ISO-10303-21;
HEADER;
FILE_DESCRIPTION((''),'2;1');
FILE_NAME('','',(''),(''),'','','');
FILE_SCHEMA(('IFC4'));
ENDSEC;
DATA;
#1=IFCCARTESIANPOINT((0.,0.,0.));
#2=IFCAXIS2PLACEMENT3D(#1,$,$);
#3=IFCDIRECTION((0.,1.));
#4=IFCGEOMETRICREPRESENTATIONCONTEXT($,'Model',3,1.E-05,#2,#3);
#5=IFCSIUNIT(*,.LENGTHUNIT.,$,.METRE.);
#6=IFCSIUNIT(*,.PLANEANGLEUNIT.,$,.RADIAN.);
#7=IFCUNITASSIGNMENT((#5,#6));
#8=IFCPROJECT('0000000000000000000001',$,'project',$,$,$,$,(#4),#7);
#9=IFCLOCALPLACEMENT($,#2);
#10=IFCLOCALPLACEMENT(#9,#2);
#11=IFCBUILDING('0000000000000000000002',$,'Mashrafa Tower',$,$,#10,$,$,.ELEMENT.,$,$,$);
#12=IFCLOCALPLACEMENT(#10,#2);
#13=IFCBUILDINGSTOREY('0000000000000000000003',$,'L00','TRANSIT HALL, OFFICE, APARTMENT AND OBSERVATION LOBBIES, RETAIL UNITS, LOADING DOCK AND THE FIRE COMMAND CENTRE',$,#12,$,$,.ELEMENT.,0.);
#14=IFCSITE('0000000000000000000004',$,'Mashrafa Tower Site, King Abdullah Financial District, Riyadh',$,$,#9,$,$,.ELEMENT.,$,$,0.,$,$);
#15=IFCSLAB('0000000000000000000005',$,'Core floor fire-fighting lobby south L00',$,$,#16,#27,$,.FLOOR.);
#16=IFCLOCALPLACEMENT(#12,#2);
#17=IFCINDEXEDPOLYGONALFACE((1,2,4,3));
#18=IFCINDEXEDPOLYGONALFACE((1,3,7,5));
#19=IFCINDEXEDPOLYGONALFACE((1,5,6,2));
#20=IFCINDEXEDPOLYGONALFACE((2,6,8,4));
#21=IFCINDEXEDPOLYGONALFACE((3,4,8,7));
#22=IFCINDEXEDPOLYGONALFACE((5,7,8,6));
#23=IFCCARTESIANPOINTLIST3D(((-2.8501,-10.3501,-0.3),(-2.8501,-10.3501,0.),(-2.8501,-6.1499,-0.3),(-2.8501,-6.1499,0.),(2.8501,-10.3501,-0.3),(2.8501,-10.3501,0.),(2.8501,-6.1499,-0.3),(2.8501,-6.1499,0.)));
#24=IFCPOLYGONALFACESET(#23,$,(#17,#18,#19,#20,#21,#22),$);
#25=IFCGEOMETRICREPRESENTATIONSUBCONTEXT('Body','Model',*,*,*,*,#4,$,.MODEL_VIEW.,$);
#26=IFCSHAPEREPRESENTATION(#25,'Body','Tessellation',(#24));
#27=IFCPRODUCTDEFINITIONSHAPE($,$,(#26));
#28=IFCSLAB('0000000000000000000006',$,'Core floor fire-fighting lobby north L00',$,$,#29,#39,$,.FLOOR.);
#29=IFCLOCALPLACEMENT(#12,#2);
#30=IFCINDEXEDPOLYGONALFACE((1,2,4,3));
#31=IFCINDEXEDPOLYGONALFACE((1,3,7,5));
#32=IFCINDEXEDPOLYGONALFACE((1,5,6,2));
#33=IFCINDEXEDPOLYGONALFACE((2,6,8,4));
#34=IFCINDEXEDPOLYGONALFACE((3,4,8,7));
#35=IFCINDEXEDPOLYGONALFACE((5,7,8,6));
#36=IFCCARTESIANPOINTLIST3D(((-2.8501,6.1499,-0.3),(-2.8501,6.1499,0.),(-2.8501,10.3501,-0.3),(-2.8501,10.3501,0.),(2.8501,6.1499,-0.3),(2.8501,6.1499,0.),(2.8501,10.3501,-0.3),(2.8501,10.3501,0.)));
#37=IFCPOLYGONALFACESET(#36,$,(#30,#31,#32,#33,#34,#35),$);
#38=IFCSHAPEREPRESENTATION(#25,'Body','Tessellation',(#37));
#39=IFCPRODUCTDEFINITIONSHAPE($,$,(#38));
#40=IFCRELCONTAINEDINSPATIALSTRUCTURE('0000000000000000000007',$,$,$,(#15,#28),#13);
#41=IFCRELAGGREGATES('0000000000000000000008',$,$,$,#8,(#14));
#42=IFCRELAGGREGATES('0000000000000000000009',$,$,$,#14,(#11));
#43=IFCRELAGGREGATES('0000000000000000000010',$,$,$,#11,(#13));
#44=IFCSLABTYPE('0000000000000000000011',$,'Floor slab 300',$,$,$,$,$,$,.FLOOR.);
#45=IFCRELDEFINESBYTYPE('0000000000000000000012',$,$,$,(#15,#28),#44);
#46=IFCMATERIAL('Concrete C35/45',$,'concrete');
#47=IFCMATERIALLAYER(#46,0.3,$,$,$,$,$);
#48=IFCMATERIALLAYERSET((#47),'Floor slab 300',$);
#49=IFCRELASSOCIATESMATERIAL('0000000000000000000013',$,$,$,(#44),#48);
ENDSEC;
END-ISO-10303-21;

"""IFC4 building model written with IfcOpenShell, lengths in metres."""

from ifc_helpers import new_model, si_unit, direction, frame, origin, place, context, subcontext, project, spatial, polyline, outline, extrude, material, layer, layer_set, type_object, element, save


model = new_model("IFC4")

# Units and contexts
model_context = context("Model", 3, precision=1e-05, world=origin(), true_north=direction((0.0, 1.0)))
body_context = subcontext(model_context, "Body", "Model", "MODEL_VIEW")
ifc_project = project(units=[si_unit("LENGTHUNIT", "METRE"), si_unit("PLANEANGLEUNIT", "RADIAN")], contexts=[model_context])

# Site, building, storey
site_placement = place(None, origin())
site = spatial("IfcSite", under=ifc_project, at=site_placement, Name="Mashrafa Tower Site, King Abdullah Financial District, Riyadh", CompositionType="ELEMENT", RefElevation=0.0)
building_placement = place(site_placement, origin())
building = spatial("IfcBuilding", under=site, at=building_placement, Name="Mashrafa Tower", CompositionType="ELEMENT")
storey_placement = place(building_placement, origin())
storey = spatial("IfcBuildingStorey", under=building, at=storey_placement, Name="L00", Description="TRANSIT HALL, OFFICE, APARTMENT AND OBSERVATION LOBBIES, RETAIL UNITS, LOADING DOCK AND THE FIRE COMMAND CENTRE", CompositionType="ELEMENT", Elevation=0.0)

# Slabs
ifc_material_1 = material(Name="Concrete C35/45", Category="concrete")
ifc_layer_1 = layer(ifc_material_1, 0.3)
ifc_layer_set_1 = layer_set([ifc_layer_1], Name="Floor slab 300")
slab_type_1 = type_object("IfcSlabType", Name="Floor slab 300", PredefinedType="FLOOR", material=ifc_layer_set_1)
slab_1_placement = place(storey_placement, frame((0.0, 0.0, -0.3)))
element("IfcSlab", 1, at=slab_1_placement, inside=storey, type_object=slab_type_1, Name="Core floor fire-fighting lobby south L00", PredefinedType="FLOOR", context=body_context, shape_type="SweptSolid", body=[
    extrude(outline(polyline([(2.8501, -6.1499), (2.8501, -10.3501), (-2.8501, -10.3501), (-2.8501, -6.1499), (2.8501, -6.1499)])), origin(), (0.0, 0.0, 1.0), 0.3),
])
slab_2_placement = place(storey_placement, frame((0.0, 0.0, -0.3)))
element("IfcSlab", 2, at=slab_2_placement, inside=storey, type_object=slab_type_1, Name="Core floor fire-fighting lobby north L00", PredefinedType="FLOOR", context=body_context, shape_type="SweptSolid", body=[
    extrude(outline(polyline([(-2.8501, 10.3501), (2.8501, 10.3501), (2.8501, 6.1499), (-2.8501, 6.1499), (-2.8501, 10.3501)])), origin(), (0.0, 0.0, 1.0), 0.3),
])

save(model, "model.ifc")
